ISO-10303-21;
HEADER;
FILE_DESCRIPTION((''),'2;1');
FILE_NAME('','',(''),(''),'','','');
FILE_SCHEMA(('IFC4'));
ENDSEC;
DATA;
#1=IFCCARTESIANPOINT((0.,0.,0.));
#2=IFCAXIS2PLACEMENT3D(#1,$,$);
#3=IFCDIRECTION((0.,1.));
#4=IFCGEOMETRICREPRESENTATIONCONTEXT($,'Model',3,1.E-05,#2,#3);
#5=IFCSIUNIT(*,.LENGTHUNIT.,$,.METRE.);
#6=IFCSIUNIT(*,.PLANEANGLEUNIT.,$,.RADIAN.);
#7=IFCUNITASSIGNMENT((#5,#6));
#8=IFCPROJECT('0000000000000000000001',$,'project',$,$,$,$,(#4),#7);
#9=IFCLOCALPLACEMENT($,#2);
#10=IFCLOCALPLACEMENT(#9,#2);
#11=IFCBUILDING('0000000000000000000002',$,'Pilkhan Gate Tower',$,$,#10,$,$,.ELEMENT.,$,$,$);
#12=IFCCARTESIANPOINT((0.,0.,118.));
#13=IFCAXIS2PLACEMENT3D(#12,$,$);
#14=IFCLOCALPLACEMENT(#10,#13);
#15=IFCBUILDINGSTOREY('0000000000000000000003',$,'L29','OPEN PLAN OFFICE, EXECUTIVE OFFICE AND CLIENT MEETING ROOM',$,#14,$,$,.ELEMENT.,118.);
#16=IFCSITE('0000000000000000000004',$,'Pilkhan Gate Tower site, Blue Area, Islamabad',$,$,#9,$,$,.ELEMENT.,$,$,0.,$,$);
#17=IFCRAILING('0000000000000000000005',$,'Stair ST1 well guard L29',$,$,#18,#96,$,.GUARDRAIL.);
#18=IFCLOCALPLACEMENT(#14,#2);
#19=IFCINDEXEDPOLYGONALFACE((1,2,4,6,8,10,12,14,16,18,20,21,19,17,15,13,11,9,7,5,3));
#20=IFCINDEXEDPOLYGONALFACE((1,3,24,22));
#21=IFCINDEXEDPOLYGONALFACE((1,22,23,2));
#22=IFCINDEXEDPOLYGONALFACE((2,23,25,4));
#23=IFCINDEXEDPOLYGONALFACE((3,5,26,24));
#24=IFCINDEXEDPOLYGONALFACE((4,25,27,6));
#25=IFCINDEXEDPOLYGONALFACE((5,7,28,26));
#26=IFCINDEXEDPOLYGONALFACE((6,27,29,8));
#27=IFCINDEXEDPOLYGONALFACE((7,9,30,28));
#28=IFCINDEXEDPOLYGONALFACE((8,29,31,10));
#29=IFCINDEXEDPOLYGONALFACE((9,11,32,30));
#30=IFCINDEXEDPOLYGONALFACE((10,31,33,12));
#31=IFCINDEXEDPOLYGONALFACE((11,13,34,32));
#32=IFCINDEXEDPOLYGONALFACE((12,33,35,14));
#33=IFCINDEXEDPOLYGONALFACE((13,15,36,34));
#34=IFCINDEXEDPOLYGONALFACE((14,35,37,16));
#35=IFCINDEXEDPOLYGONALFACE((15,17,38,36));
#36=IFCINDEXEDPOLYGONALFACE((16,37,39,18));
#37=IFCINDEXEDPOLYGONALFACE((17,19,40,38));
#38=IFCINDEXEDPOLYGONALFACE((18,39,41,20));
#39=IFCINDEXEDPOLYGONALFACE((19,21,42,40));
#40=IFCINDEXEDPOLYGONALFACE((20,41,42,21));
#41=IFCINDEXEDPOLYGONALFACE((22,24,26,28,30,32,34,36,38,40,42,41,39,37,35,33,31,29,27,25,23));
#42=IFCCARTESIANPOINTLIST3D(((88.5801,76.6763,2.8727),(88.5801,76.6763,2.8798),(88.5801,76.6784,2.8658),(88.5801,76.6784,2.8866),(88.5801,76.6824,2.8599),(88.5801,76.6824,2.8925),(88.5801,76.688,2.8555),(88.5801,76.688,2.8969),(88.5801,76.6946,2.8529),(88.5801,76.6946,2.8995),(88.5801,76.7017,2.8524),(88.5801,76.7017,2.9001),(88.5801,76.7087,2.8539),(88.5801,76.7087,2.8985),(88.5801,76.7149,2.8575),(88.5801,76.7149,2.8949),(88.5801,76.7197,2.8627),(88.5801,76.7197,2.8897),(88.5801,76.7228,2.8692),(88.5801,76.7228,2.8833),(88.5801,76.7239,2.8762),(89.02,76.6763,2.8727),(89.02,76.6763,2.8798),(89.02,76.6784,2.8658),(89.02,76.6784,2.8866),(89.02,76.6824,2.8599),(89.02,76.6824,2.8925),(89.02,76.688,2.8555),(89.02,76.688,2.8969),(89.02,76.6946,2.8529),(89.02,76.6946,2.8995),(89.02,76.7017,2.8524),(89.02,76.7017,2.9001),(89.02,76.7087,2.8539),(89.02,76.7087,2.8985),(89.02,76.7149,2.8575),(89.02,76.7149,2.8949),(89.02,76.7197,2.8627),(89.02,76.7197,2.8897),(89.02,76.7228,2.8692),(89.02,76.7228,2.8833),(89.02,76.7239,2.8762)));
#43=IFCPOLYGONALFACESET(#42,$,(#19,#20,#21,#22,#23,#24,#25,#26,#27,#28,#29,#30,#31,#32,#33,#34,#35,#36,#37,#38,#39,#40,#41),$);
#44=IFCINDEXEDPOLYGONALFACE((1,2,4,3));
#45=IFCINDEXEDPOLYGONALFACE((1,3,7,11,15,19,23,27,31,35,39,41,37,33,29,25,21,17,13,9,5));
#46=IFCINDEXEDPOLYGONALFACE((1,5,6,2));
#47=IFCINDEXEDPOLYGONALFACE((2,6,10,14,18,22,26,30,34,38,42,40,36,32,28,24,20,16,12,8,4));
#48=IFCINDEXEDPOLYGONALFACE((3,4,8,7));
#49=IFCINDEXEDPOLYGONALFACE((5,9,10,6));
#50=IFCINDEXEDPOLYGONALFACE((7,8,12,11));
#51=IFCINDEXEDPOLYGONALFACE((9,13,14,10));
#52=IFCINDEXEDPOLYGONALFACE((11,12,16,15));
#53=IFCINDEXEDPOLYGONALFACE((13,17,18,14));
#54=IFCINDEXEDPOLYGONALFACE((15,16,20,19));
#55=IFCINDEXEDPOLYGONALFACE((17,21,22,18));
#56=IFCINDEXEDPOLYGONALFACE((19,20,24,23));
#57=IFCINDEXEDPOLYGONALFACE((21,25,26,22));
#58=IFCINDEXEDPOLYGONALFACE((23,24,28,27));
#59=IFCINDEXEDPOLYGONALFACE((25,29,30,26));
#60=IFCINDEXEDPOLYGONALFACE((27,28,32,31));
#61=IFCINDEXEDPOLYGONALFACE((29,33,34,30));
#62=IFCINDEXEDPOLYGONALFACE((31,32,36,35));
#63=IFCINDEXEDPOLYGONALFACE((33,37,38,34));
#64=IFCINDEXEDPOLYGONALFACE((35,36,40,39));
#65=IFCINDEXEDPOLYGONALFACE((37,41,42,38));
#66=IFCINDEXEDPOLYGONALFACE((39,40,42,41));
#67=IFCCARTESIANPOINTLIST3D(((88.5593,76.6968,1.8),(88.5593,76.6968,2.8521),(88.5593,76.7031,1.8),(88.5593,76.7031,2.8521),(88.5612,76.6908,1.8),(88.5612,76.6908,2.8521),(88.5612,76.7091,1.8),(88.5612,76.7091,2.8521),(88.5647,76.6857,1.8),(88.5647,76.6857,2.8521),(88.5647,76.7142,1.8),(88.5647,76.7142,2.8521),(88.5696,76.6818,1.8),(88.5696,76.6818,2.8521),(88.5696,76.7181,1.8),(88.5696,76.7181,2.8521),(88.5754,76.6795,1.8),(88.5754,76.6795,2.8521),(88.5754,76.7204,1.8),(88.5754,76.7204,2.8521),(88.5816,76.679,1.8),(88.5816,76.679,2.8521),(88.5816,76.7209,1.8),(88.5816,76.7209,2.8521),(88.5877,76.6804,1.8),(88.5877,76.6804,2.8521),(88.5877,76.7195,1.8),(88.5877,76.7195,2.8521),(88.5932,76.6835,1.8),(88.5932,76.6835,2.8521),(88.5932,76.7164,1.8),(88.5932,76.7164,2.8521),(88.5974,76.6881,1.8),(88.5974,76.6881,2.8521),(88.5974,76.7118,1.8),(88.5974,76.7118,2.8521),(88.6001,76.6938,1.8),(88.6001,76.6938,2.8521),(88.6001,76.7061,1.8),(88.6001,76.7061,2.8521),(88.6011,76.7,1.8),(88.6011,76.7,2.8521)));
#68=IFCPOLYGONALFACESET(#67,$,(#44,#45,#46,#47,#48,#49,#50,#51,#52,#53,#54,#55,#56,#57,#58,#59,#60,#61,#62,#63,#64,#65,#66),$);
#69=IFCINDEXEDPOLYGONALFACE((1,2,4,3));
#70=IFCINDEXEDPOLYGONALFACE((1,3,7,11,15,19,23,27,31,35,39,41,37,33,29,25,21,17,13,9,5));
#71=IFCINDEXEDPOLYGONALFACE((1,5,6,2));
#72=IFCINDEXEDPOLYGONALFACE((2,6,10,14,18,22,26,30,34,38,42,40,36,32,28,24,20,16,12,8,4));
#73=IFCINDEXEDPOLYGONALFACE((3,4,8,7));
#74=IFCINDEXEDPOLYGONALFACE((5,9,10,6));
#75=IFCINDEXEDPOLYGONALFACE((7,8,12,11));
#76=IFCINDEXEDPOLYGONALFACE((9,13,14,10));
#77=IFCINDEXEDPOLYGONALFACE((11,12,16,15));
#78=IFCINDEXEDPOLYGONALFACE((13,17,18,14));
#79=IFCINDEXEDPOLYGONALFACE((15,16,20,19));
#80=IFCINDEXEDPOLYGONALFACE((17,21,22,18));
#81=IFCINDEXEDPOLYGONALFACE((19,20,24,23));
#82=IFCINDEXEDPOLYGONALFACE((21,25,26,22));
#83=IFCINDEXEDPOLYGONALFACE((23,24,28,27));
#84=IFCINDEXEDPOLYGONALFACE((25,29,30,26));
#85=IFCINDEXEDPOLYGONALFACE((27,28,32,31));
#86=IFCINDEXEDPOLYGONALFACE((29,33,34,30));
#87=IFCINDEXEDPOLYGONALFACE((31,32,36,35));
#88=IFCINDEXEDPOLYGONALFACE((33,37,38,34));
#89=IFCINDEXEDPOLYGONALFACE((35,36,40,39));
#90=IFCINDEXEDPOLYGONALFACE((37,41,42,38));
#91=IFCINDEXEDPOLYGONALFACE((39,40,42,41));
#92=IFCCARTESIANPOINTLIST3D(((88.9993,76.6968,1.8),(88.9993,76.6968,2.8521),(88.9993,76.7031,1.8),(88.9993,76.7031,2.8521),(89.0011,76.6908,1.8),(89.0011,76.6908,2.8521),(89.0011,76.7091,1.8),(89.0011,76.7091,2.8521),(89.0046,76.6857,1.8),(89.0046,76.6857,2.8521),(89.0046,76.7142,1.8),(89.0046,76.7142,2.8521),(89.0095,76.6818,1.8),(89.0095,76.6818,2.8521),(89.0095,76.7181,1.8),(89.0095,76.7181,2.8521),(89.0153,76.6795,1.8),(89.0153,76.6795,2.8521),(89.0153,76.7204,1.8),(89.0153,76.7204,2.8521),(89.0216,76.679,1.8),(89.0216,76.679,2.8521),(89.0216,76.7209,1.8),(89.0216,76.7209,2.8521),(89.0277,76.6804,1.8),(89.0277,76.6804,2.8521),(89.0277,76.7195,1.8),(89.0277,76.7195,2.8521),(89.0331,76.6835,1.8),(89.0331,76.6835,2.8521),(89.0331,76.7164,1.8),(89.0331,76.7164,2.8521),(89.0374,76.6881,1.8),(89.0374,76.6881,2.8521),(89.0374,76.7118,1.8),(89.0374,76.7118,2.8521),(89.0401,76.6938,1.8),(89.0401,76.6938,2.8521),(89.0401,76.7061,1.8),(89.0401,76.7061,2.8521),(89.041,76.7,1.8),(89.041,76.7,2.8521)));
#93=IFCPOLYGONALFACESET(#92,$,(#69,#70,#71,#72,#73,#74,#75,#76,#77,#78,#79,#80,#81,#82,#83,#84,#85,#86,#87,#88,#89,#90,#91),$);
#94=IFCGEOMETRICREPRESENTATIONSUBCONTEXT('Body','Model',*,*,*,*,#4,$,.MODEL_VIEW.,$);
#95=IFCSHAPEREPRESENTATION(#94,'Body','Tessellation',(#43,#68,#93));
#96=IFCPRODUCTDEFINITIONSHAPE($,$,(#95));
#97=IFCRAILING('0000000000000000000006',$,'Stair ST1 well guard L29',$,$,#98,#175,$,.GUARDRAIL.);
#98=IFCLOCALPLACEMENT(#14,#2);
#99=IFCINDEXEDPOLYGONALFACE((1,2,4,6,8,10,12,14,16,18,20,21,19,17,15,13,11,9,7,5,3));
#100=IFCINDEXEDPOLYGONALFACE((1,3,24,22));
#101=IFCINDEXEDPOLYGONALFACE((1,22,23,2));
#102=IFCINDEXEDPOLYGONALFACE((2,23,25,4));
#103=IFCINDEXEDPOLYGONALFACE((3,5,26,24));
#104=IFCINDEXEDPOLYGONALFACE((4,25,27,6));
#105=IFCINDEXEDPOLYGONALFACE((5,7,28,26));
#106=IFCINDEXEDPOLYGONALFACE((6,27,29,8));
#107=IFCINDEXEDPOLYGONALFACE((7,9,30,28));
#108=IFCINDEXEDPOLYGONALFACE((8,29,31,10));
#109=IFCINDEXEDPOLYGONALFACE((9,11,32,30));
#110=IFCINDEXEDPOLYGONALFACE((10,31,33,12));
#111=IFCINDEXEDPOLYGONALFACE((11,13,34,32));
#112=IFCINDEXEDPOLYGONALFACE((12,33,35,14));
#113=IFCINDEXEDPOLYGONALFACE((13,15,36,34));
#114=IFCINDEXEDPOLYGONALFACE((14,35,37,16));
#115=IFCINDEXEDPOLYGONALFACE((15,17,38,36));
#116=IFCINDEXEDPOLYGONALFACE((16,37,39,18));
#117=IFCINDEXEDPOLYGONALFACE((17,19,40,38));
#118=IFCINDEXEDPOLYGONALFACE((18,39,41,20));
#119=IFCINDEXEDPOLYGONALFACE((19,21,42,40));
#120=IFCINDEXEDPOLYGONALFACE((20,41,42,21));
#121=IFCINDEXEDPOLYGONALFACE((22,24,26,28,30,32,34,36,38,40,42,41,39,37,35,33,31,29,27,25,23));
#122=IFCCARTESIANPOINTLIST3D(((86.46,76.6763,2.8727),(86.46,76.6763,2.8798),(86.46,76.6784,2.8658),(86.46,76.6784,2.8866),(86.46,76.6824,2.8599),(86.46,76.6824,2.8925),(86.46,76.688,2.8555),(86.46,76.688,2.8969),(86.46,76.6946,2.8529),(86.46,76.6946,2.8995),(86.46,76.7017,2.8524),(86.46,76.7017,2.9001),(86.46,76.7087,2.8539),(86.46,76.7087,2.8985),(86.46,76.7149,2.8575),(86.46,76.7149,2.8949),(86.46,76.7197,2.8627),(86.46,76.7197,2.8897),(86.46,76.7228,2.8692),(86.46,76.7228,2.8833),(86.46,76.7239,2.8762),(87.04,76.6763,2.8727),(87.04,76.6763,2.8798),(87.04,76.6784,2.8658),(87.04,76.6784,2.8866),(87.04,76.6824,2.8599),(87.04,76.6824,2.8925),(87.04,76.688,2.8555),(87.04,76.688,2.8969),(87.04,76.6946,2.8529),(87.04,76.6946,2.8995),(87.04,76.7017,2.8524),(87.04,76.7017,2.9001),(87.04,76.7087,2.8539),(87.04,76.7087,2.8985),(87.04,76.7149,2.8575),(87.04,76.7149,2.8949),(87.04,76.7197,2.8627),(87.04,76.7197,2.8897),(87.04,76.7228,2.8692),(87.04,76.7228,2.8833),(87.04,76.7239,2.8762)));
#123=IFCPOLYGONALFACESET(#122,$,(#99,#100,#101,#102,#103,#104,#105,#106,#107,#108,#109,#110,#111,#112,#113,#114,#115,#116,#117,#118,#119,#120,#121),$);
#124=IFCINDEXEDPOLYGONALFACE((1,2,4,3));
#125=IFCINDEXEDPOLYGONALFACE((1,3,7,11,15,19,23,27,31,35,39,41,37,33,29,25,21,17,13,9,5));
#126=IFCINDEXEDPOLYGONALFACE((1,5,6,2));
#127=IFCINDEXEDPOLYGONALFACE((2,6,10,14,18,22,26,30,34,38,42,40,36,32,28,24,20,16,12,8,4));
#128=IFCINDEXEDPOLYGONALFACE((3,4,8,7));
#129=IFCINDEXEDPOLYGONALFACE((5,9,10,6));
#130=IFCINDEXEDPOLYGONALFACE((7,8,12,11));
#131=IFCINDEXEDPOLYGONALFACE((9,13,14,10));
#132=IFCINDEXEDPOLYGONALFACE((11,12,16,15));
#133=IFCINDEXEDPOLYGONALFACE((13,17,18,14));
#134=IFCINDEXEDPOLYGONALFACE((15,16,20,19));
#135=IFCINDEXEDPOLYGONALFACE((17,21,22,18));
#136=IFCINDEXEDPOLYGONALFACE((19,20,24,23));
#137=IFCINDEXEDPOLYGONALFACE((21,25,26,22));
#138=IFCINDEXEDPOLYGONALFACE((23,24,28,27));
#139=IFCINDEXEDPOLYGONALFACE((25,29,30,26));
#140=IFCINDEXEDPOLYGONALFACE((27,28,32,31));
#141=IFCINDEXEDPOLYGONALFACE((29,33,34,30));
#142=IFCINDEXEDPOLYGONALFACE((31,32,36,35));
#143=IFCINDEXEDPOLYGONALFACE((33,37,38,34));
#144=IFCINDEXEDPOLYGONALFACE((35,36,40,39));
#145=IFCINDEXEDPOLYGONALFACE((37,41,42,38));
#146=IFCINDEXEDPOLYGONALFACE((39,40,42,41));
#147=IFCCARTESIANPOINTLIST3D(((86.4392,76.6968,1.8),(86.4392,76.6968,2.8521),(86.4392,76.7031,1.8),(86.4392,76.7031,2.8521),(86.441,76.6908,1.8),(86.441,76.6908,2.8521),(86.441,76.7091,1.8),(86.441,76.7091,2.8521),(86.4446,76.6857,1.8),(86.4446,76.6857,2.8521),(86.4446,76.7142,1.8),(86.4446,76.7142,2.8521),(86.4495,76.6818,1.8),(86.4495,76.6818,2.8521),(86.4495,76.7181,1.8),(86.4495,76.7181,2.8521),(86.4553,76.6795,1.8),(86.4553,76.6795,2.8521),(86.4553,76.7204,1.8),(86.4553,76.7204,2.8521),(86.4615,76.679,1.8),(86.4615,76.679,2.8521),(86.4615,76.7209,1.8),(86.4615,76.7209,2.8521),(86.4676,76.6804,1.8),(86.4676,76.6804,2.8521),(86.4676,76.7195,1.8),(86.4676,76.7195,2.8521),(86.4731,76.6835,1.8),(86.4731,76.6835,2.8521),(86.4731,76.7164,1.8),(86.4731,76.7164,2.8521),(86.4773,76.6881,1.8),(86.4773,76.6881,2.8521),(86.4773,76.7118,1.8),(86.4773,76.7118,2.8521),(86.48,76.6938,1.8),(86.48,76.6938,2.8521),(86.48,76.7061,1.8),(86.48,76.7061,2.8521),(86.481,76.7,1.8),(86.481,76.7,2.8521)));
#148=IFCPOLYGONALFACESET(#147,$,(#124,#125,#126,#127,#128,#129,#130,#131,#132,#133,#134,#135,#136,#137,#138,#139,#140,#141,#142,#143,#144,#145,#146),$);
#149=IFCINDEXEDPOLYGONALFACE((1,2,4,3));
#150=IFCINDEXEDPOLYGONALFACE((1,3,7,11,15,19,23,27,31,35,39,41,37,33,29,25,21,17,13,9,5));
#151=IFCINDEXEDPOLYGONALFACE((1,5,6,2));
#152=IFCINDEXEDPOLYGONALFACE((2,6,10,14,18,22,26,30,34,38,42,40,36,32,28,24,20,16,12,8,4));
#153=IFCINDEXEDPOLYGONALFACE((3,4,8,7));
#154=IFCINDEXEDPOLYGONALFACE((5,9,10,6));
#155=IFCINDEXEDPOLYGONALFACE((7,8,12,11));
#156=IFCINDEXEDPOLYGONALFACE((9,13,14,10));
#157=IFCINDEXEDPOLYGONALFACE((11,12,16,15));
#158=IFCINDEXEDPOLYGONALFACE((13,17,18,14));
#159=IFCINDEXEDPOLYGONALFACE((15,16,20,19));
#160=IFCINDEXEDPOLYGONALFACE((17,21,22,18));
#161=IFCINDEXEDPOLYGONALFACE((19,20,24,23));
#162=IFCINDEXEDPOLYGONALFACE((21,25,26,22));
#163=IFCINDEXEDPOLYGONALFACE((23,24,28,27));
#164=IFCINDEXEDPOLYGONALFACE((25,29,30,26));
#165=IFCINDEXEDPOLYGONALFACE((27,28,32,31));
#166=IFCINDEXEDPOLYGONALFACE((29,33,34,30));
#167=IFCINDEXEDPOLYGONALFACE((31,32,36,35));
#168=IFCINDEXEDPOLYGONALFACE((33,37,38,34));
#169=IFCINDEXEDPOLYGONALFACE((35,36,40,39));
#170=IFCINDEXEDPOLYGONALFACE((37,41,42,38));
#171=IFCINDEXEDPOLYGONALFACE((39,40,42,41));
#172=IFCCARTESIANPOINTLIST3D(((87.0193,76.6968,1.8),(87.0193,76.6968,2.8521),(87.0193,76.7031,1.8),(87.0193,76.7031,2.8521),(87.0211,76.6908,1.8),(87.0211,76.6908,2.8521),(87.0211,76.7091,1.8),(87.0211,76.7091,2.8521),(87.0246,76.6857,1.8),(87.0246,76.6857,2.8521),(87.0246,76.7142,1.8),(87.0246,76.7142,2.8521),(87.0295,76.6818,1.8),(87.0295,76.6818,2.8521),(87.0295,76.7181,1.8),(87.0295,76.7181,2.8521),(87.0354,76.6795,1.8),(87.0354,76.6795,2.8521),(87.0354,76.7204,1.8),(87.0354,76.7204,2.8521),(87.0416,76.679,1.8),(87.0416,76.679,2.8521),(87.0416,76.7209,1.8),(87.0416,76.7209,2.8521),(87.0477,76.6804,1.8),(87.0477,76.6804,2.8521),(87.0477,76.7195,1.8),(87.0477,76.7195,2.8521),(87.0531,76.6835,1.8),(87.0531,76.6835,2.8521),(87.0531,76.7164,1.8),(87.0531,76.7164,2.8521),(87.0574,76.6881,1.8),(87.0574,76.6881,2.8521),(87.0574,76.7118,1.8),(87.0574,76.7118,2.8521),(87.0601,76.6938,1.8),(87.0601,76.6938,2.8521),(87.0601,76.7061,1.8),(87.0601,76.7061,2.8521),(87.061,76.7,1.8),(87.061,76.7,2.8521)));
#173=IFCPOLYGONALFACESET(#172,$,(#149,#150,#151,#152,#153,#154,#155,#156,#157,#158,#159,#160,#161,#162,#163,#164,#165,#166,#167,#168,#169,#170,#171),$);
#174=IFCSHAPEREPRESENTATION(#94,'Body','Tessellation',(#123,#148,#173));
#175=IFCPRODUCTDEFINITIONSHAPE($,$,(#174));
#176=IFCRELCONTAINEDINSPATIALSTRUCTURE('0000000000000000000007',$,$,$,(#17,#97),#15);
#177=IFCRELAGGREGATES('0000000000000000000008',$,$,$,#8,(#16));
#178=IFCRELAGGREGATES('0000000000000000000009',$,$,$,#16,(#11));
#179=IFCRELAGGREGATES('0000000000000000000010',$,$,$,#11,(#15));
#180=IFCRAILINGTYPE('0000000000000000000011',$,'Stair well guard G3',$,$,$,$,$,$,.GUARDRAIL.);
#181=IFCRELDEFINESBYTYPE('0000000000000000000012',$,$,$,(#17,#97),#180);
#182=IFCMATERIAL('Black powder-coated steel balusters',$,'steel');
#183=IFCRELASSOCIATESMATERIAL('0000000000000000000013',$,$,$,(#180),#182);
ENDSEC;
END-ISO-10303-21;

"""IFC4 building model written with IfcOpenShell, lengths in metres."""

from ifc_helpers import new_model, si_unit, direction, frame, origin, origin_2d, place, context, subcontext, project, spatial, circle, extrude, material, type_object, element, save


model = new_model("IFC4")

# Units and contexts
model_context = context("Model", 3, precision=1e-05, world=origin(), true_north=direction((0.0, 1.0)))
body_context = subcontext(model_context, "Body", "Model", "MODEL_VIEW")
ifc_project = project(units=[si_unit("LENGTHUNIT", "METRE"), si_unit("PLANEANGLEUNIT", "RADIAN")], contexts=[model_context])

# Site, building, storey
site_placement = place(None, origin())
site = spatial("IfcSite", under=ifc_project, at=site_placement, Name="Pilkhan Gate Tower site, Blue Area, Islamabad", CompositionType="ELEMENT", RefElevation=0.0)
building_placement = place(site_placement, origin())
building = spatial("IfcBuilding", under=site, at=building_placement, Name="Pilkhan Gate Tower", CompositionType="ELEMENT")
storey_placement = place(building_placement, frame((0.0, 0.0, 118.0)))
storey = spatial("IfcBuildingStorey", under=building, at=storey_placement, Name="L29", Description="OPEN PLAN OFFICE, EXECUTIVE OFFICE AND CLIENT MEETING ROOM", CompositionType="ELEMENT", Elevation=118.0)

# Railings
ifc_material_1 = material(Name="Black powder-coated steel balusters", Category="steel")
railing_type_1 = type_object("IfcRailingType", Name="Stair well guard G3", PredefinedType="GUARDRAIL", material=ifc_material_1)
railing_1_placement = place(storey_placement, frame((88.5801, 76.7, 1.8)))
element("IfcRailing", 1, at=railing_1_placement, inside=storey, type_object=railing_type_1, Name="Stair ST1 well guard L29", PredefinedType="GUARDRAIL", context=body_context, shape_type="SweptSolid", body=[
    extrude(circle(Radius=0.0239, at=origin_2d()), frame((0.0, 0.0, 1.0762), z_axis=(1.0, 0.0, 0.0), x_axis=(0.0, 1.0, 0.0)), (0.0, 0.0, 1.0), 0.4399),
    extrude(circle(Radius=0.021, at=origin_2d()), origin(), (0.0, 0.0, 1.0), 1.052),
    extrude(circle(Radius=0.021, at=origin_2d()), frame((0.4399, 0.0, 0.0)), (0.0, 0.0, 1.0), 1.052),
])
railing_2_placement = place(storey_placement, frame((86.46, 76.7, 1.8)))
element("IfcRailing", 2, at=railing_2_placement, inside=storey, type_object=railing_type_1, Name="Stair ST1 well guard L29", PredefinedType="GUARDRAIL", context=body_context, shape_type="SweptSolid", body=[
    extrude(circle(Radius=0.0239, at=origin_2d()), frame((0.0, 0.0, 1.0762), z_axis=(1.0, 0.0, 0.0), x_axis=(0.0, 1.0, 0.0)), (0.0, 0.0, 1.0), 0.5801),
    extrude(circle(Radius=0.021, at=origin_2d()), origin(), (0.0, 0.0, 1.0), 1.052),
    extrude(circle(Radius=0.021, at=origin_2d()), frame((0.5801, 0.0, 0.0)), (0.0, 0.0, 1.0), 1.052),
])

save(model, "model.ifc")
